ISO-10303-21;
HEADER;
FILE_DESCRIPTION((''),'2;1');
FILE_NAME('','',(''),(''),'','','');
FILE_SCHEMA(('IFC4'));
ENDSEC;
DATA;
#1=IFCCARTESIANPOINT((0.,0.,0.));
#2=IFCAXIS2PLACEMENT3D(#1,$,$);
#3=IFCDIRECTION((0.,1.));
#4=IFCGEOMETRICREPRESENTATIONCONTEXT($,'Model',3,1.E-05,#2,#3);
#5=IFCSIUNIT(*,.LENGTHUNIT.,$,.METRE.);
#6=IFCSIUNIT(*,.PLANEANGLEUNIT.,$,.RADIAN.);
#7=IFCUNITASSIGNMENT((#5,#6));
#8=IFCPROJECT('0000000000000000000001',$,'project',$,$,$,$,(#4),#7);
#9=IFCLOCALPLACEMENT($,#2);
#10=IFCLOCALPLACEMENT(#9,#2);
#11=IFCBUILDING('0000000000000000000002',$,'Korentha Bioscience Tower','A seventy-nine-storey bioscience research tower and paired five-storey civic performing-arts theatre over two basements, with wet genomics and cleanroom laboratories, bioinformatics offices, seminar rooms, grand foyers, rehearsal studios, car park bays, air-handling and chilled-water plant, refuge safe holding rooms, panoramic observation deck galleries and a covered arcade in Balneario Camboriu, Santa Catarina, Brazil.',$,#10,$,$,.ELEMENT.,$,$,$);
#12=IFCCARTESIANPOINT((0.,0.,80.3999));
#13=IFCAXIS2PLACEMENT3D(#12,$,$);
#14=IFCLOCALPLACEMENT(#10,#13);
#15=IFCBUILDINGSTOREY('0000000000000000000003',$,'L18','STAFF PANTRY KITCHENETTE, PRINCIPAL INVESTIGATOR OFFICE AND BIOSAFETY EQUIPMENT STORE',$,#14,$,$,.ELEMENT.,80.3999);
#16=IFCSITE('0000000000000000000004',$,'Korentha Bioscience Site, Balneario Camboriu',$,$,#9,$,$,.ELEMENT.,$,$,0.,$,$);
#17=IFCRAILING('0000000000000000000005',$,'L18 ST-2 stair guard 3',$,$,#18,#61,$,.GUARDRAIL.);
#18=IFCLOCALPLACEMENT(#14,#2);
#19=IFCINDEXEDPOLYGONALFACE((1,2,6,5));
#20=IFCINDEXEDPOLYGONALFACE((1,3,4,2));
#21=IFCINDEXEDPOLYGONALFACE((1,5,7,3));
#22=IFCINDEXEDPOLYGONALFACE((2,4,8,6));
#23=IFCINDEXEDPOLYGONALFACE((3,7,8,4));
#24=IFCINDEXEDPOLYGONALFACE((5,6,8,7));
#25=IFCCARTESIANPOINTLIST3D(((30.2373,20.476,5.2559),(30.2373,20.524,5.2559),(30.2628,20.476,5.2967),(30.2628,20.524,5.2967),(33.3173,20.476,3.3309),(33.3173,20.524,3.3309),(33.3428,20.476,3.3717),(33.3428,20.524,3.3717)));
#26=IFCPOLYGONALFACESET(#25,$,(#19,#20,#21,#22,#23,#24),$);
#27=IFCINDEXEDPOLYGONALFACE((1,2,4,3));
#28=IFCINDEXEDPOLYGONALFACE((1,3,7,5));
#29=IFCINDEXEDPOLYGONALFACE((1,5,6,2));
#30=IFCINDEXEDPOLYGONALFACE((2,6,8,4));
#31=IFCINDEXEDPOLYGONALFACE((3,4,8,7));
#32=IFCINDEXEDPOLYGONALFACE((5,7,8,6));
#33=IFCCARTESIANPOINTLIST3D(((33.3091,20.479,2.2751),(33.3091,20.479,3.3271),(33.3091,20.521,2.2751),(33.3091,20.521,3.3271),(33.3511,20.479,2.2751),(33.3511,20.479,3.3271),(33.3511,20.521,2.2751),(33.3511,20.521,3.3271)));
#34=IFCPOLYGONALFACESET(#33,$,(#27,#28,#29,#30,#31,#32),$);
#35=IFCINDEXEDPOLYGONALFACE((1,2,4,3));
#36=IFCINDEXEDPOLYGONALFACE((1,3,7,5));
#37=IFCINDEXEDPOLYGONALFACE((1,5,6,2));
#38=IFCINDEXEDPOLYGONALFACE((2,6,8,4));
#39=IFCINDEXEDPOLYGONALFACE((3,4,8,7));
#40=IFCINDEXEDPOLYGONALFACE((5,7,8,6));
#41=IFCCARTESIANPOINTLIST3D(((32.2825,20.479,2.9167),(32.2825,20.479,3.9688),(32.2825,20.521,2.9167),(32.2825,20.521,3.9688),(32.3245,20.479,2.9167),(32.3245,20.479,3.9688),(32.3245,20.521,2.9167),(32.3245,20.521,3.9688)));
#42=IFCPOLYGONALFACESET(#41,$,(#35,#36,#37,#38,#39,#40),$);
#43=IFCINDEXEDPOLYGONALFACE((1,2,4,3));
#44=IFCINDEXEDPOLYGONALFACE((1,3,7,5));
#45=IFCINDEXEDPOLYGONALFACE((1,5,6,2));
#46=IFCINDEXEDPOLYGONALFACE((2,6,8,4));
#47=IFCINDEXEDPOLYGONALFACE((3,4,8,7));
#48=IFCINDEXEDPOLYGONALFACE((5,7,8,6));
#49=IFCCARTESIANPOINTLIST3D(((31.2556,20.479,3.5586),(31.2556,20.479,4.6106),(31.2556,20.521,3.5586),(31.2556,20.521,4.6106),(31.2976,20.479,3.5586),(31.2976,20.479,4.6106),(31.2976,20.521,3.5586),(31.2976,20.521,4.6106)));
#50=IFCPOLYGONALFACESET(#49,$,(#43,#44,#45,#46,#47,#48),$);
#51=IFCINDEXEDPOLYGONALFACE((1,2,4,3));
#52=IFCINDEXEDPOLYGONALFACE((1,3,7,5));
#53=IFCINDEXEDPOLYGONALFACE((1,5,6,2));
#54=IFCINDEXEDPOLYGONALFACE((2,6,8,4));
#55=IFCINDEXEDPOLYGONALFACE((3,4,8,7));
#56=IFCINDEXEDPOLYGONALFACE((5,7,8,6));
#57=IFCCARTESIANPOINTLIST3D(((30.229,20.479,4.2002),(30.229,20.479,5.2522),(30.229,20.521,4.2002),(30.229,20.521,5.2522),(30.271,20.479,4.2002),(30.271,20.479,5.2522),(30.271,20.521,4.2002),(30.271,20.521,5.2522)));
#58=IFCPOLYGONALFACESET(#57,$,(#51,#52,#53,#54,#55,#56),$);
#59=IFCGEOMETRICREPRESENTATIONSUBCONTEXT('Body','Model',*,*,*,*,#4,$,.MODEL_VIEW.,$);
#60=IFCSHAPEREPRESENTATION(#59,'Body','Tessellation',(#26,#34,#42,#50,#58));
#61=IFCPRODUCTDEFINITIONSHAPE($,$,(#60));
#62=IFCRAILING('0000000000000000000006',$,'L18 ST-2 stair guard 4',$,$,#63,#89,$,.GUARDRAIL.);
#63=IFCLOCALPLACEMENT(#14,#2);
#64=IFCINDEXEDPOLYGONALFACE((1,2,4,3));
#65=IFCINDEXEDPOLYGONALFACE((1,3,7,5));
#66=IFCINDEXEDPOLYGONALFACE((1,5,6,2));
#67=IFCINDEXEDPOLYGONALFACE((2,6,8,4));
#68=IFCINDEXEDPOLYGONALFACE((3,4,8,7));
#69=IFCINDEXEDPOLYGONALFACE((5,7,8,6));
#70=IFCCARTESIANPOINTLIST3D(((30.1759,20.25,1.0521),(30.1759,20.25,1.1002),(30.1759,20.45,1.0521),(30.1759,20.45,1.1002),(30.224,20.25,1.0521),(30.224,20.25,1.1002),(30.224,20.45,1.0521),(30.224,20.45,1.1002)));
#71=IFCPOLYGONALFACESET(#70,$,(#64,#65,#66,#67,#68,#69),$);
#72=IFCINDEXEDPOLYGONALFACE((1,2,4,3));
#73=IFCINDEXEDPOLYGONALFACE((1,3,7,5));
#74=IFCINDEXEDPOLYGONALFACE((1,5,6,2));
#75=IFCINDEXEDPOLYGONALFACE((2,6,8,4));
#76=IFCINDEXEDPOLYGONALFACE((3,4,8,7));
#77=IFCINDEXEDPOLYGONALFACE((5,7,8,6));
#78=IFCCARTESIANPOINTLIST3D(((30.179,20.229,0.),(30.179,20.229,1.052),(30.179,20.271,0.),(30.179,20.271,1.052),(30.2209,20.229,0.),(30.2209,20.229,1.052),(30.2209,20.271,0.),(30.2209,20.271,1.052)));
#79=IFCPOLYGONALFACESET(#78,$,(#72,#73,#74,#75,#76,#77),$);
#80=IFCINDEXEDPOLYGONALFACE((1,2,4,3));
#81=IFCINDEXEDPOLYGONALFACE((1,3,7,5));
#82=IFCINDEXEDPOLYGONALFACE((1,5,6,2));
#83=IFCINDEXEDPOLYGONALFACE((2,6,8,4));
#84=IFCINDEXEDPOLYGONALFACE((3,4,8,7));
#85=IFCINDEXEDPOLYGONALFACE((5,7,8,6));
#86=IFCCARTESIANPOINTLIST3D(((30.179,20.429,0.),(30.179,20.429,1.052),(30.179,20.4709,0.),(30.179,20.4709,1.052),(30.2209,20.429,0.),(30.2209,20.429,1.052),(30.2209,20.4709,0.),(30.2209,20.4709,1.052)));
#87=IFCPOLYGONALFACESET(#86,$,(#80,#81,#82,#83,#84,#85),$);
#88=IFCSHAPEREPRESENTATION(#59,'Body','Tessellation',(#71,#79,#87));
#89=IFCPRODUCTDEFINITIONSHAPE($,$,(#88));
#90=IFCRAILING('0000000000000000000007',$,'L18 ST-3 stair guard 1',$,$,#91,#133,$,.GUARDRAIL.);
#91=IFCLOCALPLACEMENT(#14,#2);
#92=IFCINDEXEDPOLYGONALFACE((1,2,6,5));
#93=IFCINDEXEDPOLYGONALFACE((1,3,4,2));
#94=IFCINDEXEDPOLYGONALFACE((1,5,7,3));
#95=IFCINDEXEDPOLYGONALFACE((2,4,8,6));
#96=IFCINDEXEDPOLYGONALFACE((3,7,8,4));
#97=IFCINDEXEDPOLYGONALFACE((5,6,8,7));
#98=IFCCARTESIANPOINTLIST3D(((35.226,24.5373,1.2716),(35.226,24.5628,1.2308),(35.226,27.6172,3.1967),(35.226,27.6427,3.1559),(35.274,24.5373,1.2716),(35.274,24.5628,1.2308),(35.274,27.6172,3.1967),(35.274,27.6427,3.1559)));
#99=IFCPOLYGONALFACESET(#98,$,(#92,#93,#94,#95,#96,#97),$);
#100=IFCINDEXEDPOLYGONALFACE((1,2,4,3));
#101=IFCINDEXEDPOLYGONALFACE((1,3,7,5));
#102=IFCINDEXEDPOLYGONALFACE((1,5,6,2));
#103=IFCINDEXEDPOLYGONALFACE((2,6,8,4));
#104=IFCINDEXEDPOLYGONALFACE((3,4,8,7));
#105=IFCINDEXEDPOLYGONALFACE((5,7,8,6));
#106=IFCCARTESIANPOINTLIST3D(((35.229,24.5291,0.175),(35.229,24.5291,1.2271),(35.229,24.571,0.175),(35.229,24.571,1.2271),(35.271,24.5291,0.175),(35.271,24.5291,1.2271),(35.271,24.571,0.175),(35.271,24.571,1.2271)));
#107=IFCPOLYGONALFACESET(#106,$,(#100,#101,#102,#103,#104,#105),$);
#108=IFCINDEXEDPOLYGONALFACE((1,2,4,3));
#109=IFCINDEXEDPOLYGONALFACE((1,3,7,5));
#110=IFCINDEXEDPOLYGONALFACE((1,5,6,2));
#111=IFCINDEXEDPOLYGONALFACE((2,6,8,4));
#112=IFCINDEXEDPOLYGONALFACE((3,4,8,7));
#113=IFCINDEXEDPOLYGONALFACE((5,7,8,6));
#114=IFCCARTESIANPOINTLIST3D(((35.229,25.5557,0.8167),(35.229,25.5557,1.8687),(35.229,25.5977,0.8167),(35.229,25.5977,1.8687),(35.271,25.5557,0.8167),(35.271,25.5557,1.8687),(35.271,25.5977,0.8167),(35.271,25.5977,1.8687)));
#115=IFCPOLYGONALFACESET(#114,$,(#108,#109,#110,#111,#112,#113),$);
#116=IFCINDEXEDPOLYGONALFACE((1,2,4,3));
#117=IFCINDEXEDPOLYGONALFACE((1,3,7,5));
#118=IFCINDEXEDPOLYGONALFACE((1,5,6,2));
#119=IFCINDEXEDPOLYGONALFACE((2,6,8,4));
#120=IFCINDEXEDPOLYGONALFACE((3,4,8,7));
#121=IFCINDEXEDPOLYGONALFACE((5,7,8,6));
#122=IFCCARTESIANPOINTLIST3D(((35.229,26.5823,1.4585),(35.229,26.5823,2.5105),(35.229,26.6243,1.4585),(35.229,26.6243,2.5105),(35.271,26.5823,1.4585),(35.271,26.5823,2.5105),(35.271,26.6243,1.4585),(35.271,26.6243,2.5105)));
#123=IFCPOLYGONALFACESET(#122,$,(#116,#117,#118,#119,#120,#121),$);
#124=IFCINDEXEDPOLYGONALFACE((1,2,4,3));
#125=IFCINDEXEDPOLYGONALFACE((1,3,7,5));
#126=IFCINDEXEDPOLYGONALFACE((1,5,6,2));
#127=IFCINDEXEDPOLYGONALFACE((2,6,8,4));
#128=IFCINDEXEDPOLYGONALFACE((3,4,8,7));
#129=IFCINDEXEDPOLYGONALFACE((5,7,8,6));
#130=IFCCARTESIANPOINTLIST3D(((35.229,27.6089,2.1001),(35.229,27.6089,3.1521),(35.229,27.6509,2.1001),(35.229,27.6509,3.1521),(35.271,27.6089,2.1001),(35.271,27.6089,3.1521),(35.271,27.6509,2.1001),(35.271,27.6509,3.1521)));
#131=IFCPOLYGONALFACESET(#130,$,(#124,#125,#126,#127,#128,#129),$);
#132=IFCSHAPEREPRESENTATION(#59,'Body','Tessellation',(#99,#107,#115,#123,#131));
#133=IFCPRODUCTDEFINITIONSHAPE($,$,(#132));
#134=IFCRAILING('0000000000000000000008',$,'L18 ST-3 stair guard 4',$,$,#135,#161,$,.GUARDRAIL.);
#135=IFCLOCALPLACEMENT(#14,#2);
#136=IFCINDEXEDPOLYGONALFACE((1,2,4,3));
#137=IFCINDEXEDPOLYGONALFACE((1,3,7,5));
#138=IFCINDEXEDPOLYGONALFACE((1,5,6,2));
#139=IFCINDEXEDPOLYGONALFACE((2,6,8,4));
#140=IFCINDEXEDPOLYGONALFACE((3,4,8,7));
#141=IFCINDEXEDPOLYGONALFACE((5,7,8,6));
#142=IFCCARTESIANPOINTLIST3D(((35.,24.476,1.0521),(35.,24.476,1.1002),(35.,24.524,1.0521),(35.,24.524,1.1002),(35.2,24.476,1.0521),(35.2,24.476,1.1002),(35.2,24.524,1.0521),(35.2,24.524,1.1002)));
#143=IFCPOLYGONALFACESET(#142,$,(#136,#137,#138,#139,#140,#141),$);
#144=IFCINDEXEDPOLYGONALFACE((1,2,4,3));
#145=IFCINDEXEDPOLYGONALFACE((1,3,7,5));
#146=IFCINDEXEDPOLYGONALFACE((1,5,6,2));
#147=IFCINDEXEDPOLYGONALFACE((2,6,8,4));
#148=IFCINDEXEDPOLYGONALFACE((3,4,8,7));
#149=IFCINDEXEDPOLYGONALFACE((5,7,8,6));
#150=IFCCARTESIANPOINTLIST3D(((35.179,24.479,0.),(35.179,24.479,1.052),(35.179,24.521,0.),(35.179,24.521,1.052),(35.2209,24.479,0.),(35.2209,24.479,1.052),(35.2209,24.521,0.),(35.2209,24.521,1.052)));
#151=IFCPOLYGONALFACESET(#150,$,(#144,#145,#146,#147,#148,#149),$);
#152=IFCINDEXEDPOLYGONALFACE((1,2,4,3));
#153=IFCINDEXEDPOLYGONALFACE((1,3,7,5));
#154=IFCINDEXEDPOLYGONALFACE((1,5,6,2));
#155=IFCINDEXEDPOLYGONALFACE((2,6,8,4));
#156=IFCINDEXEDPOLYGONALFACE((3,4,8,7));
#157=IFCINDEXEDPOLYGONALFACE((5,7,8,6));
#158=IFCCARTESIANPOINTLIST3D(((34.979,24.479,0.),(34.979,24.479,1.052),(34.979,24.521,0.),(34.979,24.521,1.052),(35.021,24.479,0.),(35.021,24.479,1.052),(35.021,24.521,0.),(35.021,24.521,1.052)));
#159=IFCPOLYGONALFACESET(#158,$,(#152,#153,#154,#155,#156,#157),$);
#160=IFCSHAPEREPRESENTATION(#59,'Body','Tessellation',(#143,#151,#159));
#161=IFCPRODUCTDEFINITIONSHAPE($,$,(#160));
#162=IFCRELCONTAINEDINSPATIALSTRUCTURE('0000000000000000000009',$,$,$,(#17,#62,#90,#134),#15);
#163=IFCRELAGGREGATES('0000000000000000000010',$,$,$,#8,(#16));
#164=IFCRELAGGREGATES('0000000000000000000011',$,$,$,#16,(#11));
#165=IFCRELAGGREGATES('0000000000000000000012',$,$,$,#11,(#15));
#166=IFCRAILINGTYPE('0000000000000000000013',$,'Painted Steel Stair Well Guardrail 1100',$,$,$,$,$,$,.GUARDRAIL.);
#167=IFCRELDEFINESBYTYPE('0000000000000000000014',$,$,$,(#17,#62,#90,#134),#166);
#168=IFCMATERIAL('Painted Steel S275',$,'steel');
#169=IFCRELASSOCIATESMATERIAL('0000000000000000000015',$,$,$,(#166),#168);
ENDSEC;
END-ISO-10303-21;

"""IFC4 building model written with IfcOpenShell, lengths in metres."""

from ifc_helpers import new_model, si_unit, direction, frame, origin, origin_2d, place, context, subcontext, project, spatial, rectangle, extrude, material, type_object, element, save


model = new_model("IFC4")

# Units and contexts
model_context = context("Model", 3, precision=1e-05, world=origin(), true_north=direction((0.0, 1.0)))
body_context = subcontext(model_context, "Body", "Model", "MODEL_VIEW")
ifc_project = project(units=[si_unit("LENGTHUNIT", "METRE"), si_unit("PLANEANGLEUNIT", "RADIAN")], contexts=[model_context])

# Site, building, storey
site_placement = place(None, origin())
site = spatial("IfcSite", under=ifc_project, at=site_placement, Name="Korentha Bioscience Site, Balneario Camboriu", CompositionType="ELEMENT", RefElevation=0.0)
building_placement = place(site_placement, origin())
building = spatial("IfcBuilding", under=site, at=building_placement, Name="Korentha Bioscience Tower", Description="A seventy-nine-storey bioscience research tower and paired five-storey civic performing-arts theatre over two basements, with wet genomics and cleanroom laboratories, bioinformatics offices, seminar rooms, grand foyers, rehearsal studios, car park bays, air-handling and chilled-water plant, refuge safe holding rooms, panoramic observation deck galleries and a covered arcade in Balneario Camboriu, Santa Catarina, Brazil.", CompositionType="ELEMENT")
storey_placement = place(building_placement, frame((0.0, 0.0, 80.3999)))
storey = spatial("IfcBuildingStorey", under=building, at=storey_placement, Name="L18", Description="STAFF PANTRY KITCHENETTE, PRINCIPAL INVESTIGATOR OFFICE AND BIOSAFETY EQUIPMENT STORE", CompositionType="ELEMENT", Elevation=80.3999)

# Railings
ifc_material_1 = material(Name="Painted Steel S275", Category="steel")
railing_type_1 = type_object("IfcRailingType", Name="Painted Steel Stair Well Guardrail 1100", PredefinedType="GUARDRAIL", material=ifc_material_1)
railing_1_placement = place(storey_placement, frame((33.3301, 20.5, 2.2751)))
element("IfcRailing", 1, at=railing_1_placement, inside=storey, type_object=railing_type_1, Name="L18 ST-2 stair guard 3", PredefinedType="GUARDRAIL", context=body_context, shape_type="SweptSolid", body=[
    extrude(rectangle(XDim=0.0481, YDim=0.0481, at=origin_2d()), frame((0.0, 0.0, 1.0762), z_axis=(-0.847998, 0.0, 0.529999), x_axis=(0.0, -1.0, 0.0)), (0.0, 0.0, 1.0), 3.6321),
    extrude(rectangle(XDim=0.042, YDim=0.042, at=origin_2d()), origin(), (0.0, 0.0, 1.0), 1.052),
    extrude(rectangle(XDim=0.042, YDim=0.042, at=origin_2d()), frame((-1.0266, 0.0, 0.6416)), (0.0, 0.0, 1.0), 1.052),
    extrude(rectangle(XDim=0.042, YDim=0.042, at=origin_2d()), frame((-2.0535, 0.0, 1.2834)), (0.0, 0.0, 1.0), 1.052),
    extrude(rectangle(XDim=0.042, YDim=0.042, at=origin_2d()), frame((-3.0801, 0.0, 1.925)), (0.0, 0.0, 1.0), 1.052),
])
railing_2_placement = place(storey_placement, frame((30.2, 20.25, 0.0)))
element("IfcRailing", 2, at=railing_2_placement, inside=storey, type_object=railing_type_1, Name="L18 ST-2 stair guard 4", PredefinedType="GUARDRAIL", context=body_context, shape_type="SweptSolid", body=[
    extrude(rectangle(XDim=0.0481, YDim=0.0481, at=origin_2d()), frame((0.0, 0.0, 1.0762), z_axis=(0.0, 1.0, 0.0), x_axis=(-1.0, 0.0, 0.0)), (0.0, 0.0, 1.0), 0.2),
    extrude(rectangle(XDim=0.042, YDim=0.042, at=origin_2d()), origin(), (0.0, 0.0, 1.0), 1.052),
    extrude(rectangle(XDim=0.042, YDim=0.042, at=origin_2d()), frame((0.0, 0.2, 0.0)), (0.0, 0.0, 1.0), 1.052),
])
railing_3_placement = place(storey_placement, frame((35.25, 24.55, 0.175)))
element("IfcRailing", 3, at=railing_3_placement, inside=storey, type_object=railing_type_1, Name="L18 ST-3 stair guard 1", PredefinedType="GUARDRAIL", context=body_context, shape_type="SweptSolid", body=[
    extrude(rectangle(XDim=0.0481, YDim=0.0481, at=origin_2d()), frame((0.0, 0.0, 1.0762), z_axis=(0.0, 0.847979, 0.530029), x_axis=(-1.0, 0.0, 0.0)), (0.0, 0.0, 1.0), 3.6321),
    extrude(rectangle(XDim=0.042, YDim=0.042, at=origin_2d()), origin(), (0.0, 0.0, 1.0), 1.052),
    extrude(rectangle(XDim=0.042, YDim=0.042, at=origin_2d()), frame((0.0, 1.0266, 0.6416)), (0.0, 0.0, 1.0), 1.052),
    extrude(rectangle(XDim=0.042, YDim=0.042, at=origin_2d()), frame((0.0, 2.0532, 1.2834)), (0.0, 0.0, 1.0), 1.052),
    extrude(rectangle(XDim=0.042, YDim=0.042, at=origin_2d()), frame((0.0, 3.0798, 1.925)), (0.0, 0.0, 1.0), 1.052),
])
railing_4_placement = place(storey_placement, frame((35.2, 24.5, 0.0)))
element("IfcRailing", 4, at=railing_4_placement, inside=storey, type_object=railing_type_1, Name="L18 ST-3 stair guard 4", PredefinedType="GUARDRAIL", context=body_context, shape_type="SweptSolid", body=[
    extrude(rectangle(XDim=0.0481, YDim=0.0481, at=origin_2d()), frame((0.0, 0.0, 1.0762), z_axis=(-1.0, 0.0, 0.0), x_axis=(0.0, -1.0, 0.0)), (0.0, 0.0, 1.0), 0.2),
    extrude(rectangle(XDim=0.042, YDim=0.042, at=origin_2d()), origin(), (0.0, 0.0, 1.0), 1.052),
    extrude(rectangle(XDim=0.042, YDim=0.042, at=origin_2d()), frame((-0.2, 0.0, 0.0)), (0.0, 0.0, 1.0), 1.052),
])

save(model, "model.ifc")
